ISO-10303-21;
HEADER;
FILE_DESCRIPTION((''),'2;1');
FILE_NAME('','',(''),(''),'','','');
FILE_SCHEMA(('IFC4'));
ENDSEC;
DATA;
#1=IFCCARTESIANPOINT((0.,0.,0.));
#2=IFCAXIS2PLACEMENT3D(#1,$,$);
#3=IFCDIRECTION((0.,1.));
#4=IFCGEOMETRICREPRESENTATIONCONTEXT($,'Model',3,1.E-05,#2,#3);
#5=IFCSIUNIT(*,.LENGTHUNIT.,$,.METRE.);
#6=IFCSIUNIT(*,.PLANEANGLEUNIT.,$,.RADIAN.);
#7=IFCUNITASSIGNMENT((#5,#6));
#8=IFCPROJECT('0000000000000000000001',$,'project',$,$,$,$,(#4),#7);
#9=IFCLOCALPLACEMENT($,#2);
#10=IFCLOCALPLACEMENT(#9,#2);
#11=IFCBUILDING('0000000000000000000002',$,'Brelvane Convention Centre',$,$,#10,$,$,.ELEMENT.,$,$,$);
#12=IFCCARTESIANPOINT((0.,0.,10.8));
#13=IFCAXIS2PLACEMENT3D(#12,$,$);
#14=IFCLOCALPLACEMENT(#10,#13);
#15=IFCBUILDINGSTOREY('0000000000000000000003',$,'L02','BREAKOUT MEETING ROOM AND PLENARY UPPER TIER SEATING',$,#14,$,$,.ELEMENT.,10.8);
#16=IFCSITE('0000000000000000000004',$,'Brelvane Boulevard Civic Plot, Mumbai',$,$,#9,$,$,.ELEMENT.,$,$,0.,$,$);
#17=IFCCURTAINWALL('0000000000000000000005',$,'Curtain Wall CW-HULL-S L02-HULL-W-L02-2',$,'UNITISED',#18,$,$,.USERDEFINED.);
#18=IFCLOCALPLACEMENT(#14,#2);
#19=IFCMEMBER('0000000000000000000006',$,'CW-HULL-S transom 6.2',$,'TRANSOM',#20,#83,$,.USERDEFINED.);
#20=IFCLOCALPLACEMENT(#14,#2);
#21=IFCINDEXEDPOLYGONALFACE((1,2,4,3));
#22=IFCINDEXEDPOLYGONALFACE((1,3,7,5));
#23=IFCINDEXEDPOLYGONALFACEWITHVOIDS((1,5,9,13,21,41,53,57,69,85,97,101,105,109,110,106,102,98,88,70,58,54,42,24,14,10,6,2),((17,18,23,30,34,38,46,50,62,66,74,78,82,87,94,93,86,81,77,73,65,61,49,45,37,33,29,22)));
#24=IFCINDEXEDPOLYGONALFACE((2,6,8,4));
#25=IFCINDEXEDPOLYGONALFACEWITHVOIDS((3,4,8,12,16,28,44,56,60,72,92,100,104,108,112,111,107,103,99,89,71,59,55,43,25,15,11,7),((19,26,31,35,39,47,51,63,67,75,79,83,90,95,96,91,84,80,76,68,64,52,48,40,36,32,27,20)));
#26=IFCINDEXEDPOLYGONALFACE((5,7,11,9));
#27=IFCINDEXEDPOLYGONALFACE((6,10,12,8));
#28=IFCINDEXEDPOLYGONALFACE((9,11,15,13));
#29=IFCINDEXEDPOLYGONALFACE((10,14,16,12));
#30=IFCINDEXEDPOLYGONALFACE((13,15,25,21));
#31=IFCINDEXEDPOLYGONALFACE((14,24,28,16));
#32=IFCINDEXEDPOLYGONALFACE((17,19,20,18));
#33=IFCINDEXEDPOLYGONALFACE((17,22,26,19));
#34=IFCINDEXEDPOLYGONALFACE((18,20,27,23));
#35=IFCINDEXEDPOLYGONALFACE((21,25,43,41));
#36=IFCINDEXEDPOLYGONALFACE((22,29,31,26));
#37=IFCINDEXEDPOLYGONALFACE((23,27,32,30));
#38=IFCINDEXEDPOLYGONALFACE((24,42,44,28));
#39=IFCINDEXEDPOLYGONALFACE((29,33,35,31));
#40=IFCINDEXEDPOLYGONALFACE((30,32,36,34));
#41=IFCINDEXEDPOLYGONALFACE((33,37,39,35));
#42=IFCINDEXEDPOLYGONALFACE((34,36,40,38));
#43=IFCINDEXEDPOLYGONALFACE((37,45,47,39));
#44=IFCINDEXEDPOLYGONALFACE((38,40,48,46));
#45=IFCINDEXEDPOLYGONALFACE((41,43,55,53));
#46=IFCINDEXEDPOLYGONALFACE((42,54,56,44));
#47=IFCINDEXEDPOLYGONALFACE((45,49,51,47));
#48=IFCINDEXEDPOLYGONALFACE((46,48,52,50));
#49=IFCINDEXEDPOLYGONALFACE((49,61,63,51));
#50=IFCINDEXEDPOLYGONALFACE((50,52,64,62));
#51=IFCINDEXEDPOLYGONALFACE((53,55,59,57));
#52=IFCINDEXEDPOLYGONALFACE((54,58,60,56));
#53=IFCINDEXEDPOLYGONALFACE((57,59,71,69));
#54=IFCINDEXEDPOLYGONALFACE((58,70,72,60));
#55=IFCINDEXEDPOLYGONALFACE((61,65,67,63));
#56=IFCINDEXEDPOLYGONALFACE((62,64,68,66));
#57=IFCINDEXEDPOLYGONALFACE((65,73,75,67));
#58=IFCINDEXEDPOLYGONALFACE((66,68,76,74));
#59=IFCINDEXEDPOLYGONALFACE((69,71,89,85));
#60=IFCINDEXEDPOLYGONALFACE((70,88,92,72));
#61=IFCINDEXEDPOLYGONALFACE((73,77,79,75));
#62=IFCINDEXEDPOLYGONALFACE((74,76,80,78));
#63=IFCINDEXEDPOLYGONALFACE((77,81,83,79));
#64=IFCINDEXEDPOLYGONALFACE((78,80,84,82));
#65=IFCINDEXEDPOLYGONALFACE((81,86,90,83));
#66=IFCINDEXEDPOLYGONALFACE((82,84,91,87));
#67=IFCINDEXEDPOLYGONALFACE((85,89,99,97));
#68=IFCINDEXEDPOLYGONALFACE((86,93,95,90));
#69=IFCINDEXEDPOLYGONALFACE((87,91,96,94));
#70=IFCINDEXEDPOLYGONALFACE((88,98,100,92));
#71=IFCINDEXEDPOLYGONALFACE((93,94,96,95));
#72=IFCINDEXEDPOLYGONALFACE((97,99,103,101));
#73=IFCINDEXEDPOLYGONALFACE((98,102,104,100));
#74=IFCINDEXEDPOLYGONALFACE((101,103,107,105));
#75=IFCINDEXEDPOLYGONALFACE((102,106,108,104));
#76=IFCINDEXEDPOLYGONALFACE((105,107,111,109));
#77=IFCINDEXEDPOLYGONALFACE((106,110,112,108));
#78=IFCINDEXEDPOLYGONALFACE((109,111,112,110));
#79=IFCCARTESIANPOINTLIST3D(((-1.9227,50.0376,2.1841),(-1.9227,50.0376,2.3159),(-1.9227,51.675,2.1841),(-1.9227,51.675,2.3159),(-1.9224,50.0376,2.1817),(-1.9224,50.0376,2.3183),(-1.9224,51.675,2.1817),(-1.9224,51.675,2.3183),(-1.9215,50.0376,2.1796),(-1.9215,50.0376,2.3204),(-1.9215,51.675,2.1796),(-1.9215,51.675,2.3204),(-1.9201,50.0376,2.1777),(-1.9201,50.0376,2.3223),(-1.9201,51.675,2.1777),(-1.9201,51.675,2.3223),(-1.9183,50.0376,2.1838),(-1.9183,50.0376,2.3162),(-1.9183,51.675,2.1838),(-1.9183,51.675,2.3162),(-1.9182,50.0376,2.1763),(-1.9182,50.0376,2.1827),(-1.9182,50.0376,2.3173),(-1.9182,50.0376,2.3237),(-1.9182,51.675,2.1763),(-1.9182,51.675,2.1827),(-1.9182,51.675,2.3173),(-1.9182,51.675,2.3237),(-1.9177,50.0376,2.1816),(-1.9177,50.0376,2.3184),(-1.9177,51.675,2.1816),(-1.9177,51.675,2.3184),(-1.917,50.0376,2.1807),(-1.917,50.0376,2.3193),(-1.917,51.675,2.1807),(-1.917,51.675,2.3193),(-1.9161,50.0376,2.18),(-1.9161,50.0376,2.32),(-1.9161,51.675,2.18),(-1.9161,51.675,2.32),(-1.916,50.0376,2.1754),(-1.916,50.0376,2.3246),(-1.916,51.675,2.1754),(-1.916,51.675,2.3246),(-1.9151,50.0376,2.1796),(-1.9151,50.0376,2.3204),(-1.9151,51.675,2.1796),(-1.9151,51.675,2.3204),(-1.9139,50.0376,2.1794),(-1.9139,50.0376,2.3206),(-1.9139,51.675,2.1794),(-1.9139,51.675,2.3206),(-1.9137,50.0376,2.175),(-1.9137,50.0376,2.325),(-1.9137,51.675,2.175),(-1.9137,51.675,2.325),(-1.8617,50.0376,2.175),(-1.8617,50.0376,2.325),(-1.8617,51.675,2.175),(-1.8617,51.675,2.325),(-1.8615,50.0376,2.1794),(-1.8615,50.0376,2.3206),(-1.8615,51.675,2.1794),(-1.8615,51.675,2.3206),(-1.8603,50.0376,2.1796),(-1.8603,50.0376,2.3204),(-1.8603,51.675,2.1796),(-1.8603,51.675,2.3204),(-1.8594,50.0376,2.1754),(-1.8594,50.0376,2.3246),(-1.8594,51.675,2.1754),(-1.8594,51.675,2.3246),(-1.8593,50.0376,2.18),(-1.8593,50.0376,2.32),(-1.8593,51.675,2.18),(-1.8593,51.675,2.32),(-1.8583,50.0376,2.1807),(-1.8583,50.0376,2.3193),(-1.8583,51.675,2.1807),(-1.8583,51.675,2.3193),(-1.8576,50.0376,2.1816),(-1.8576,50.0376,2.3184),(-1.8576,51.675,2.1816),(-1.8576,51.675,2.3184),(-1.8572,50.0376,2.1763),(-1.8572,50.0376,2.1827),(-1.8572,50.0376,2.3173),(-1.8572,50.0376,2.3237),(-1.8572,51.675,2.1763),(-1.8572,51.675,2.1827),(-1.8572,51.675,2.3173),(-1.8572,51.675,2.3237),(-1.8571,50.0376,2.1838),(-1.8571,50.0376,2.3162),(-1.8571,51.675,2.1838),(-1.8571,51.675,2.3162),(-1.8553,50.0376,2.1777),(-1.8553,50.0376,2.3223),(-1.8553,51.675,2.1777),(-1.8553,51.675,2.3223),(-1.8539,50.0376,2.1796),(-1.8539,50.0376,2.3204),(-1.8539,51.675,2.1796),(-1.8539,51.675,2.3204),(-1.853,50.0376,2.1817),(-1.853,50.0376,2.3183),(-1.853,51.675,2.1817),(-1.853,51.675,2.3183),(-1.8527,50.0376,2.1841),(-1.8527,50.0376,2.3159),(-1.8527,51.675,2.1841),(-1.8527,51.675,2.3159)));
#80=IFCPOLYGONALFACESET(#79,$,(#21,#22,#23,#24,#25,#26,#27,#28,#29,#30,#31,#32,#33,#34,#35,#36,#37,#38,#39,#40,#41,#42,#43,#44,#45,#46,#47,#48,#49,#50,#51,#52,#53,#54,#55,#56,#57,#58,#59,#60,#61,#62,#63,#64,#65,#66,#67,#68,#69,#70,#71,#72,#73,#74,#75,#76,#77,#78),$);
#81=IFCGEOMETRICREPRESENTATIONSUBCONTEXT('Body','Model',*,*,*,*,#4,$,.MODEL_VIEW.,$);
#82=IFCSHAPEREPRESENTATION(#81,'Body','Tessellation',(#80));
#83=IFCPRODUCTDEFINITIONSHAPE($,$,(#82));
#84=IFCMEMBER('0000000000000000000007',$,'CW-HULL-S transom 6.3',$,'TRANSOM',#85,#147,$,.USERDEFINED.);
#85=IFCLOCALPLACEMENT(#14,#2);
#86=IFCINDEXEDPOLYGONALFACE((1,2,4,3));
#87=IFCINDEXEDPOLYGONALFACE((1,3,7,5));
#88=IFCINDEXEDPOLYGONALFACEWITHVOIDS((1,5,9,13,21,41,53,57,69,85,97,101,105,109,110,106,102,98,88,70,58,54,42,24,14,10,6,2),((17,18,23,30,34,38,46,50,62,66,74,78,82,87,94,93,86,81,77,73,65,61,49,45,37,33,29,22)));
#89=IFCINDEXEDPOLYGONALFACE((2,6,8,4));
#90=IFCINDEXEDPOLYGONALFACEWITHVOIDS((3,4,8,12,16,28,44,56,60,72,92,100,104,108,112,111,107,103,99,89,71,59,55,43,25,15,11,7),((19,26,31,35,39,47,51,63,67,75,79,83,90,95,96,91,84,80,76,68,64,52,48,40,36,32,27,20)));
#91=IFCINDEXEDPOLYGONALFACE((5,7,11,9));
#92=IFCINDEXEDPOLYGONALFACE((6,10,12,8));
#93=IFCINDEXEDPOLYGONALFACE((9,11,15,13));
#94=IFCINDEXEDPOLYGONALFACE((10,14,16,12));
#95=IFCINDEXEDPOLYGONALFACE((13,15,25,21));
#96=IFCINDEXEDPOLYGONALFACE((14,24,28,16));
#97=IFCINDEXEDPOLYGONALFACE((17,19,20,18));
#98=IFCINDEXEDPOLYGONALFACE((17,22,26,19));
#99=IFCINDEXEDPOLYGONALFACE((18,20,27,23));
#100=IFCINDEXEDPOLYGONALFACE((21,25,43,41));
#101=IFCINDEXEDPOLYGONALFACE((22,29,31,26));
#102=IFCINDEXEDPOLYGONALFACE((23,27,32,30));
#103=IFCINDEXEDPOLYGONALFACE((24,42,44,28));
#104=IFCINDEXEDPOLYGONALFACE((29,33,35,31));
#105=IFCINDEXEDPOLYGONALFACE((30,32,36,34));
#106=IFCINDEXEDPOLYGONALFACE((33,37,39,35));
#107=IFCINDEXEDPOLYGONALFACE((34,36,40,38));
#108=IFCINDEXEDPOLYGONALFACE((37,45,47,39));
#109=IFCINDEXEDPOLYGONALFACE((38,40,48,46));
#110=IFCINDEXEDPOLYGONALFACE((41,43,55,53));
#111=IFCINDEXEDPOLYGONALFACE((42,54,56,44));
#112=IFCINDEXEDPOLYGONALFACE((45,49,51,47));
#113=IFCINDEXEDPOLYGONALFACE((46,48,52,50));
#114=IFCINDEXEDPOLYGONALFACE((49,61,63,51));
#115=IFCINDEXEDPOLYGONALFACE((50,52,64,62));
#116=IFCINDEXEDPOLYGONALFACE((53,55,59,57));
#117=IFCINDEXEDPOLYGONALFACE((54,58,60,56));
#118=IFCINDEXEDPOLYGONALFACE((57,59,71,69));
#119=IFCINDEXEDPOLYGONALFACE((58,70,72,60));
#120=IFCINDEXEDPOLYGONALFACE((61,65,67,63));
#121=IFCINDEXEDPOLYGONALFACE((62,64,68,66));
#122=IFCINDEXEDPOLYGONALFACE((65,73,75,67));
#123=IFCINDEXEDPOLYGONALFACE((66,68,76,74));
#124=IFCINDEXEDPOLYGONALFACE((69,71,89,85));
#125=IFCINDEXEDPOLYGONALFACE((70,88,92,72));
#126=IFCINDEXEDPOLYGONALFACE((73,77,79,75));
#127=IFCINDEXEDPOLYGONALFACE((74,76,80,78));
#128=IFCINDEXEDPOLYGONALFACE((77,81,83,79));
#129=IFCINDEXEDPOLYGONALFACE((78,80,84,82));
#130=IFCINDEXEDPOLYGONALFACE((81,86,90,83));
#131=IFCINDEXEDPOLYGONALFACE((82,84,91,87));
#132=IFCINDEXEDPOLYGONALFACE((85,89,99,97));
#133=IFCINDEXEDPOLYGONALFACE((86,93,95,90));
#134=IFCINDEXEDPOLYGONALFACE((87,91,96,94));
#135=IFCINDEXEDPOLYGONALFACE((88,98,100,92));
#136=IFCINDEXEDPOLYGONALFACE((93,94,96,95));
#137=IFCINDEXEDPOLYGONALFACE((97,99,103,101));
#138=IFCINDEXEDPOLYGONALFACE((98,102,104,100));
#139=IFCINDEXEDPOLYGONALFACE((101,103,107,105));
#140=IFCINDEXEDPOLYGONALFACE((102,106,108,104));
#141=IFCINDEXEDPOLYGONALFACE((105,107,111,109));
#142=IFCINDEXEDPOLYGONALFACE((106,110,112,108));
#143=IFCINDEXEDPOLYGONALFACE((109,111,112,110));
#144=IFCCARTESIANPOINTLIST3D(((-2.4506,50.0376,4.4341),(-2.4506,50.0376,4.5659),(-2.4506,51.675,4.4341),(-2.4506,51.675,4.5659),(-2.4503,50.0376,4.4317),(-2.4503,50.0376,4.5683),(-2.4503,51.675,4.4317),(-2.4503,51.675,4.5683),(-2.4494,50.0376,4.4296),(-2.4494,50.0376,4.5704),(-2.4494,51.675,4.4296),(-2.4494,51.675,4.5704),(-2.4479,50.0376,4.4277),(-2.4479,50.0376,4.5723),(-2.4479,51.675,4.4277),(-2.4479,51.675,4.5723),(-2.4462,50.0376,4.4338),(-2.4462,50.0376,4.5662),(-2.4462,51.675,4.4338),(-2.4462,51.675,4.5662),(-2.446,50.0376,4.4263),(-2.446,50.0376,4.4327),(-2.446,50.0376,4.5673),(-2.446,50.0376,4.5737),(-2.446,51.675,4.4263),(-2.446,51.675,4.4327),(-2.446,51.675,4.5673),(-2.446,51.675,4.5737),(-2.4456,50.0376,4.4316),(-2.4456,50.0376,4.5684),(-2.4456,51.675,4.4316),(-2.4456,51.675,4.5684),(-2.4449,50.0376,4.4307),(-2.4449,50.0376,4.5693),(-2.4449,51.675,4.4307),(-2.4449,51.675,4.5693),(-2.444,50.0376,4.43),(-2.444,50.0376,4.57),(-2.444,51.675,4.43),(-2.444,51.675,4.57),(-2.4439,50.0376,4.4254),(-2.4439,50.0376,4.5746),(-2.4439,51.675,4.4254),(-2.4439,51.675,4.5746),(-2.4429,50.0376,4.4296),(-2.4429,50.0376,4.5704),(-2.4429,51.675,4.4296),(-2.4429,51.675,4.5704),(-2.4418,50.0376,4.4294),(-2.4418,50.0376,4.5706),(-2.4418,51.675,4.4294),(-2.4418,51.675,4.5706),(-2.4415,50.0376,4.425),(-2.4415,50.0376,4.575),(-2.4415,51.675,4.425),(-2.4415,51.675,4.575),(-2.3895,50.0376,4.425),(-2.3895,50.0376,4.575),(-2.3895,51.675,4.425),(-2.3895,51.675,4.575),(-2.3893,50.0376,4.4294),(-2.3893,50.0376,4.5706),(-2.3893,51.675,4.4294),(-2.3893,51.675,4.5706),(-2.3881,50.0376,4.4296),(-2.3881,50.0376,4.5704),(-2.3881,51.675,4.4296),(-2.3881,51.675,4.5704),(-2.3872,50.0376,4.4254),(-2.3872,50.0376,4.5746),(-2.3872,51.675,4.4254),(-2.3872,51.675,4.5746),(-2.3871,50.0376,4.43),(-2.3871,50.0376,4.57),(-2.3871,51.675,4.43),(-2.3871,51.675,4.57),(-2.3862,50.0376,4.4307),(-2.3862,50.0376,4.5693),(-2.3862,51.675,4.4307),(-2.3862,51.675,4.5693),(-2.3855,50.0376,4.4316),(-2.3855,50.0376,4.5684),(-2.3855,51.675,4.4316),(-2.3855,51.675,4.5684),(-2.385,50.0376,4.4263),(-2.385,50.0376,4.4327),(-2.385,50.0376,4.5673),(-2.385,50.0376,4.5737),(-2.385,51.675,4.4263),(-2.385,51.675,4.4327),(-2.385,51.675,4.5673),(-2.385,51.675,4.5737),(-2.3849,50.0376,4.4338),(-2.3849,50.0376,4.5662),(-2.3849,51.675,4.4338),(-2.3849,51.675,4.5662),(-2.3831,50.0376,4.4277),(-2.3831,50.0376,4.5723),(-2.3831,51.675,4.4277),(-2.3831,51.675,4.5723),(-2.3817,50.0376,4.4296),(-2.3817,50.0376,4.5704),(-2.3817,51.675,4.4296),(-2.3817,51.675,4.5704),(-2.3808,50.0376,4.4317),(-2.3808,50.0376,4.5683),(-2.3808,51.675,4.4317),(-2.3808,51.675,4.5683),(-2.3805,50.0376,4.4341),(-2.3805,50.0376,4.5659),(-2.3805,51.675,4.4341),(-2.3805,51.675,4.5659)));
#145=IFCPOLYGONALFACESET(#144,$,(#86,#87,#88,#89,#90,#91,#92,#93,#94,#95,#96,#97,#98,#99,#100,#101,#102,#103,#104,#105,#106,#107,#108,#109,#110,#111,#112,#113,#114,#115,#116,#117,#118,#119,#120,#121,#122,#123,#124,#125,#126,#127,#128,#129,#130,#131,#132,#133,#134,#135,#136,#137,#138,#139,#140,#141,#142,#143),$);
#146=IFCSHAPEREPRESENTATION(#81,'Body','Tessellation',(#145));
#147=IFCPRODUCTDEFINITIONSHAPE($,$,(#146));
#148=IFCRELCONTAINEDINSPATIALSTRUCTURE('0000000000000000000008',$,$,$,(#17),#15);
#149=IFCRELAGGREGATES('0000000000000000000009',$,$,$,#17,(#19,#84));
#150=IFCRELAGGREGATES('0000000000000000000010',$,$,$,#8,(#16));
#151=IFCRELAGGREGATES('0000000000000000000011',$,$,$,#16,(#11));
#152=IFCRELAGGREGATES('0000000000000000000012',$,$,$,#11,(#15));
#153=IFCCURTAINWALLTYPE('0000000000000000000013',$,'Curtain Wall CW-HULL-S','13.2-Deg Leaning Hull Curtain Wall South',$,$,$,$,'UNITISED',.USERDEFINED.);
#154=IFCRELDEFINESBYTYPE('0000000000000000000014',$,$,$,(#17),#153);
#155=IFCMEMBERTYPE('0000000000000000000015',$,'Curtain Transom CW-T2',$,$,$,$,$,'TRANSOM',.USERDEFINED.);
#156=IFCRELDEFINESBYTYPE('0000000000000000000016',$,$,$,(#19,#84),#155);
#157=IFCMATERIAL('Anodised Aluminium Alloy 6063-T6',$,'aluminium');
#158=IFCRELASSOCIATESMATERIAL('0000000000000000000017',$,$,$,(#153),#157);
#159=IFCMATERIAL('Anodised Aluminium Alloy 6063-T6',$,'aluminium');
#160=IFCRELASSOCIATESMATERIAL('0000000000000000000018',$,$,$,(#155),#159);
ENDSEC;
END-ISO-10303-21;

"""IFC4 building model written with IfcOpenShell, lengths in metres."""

from ifc_helpers import new_model, si_unit, direction, frame, origin, origin_2d, place, context, subcontext, project, spatial, hollow_rectangle, extrude, material, material_profile, profile_set, type_object, element, aggregate, save


model = new_model("IFC4")

# Units and contexts
model_context = context("Model", 3, precision=1e-05, world=origin(), true_north=direction((0.0, 1.0)))
body_context = subcontext(model_context, "Body", "Model", "MODEL_VIEW")
ifc_project = project(units=[si_unit("LENGTHUNIT", "METRE"), si_unit("PLANEANGLEUNIT", "RADIAN")], contexts=[model_context])

# Site, building, storey
site_placement = place(None, origin())
site = spatial("IfcSite", under=ifc_project, at=site_placement, Name="Brelvane Boulevard Civic Plot, Mumbai", CompositionType="ELEMENT", RefElevation=0.0)
building_placement = place(site_placement, origin())
building = spatial("IfcBuilding", under=site, at=building_placement, Name="Brelvane Convention Centre", CompositionType="ELEMENT")
storey_placement = place(building_placement, frame((0.0, 0.0, 10.8)))
storey = spatial("IfcBuildingStorey", under=building, at=storey_placement, Name="L02", Description="BREAKOUT MEETING ROOM AND PLENARY UPPER TIER SEATING", CompositionType="ELEMENT", Elevation=10.8)

# Curtain wall
ifc_material_1 = material(Name="Anodised Aluminium Alloy 6063-T6", Category="aluminium")
curtain_wall_type = type_object("IfcCurtainWallType", Name="Curtain Wall CW-HULL-S", Description="13.2-Deg Leaning Hull Curtain Wall South", ElementType="UNITISED", PredefinedType="USERDEFINED", material=ifc_material_1)
curtain_wall_1_placement = place(storey_placement, origin())
curtain_wall_1 = element("IfcCurtainWall", 1, at=curtain_wall_1_placement, inside=storey, type_object=curtain_wall_type, Name="Curtain Wall CW-HULL-S L02-HULL-W-L02-2", ObjectType="UNITISED", PredefinedType="USERDEFINED")

# Members
ifc_material_2 = material(Name="Anodised Aluminium Alloy 6063-T6", Category="aluminium")
ifc_material_profile_1 = material_profile(ifc_material_2, hollow_rectangle(XDim=0.0701, YDim=0.1499, WallThickness=0.0044, InnerFilletRadius=0.0044, OuterFilletRadius=0.009, at=origin_2d()), Name="ALU-T 150x70x4.5")
ifc_profile_set_1 = profile_set([ifc_material_profile_1], Name="Anodised Aluminium Alloy 6063-T6")
member_type_1 = type_object("IfcMemberType", Name="Curtain Transom CW-T2", ElementType="TRANSOM", PredefinedType="USERDEFINED", material=ifc_profile_set_1)
member_1_placement = place(storey_placement, frame((-1.8877, 50.0376, 2.25), z_axis=(0.0, 1.0, 0.0), x_axis=(-1.0, 0.0, 0.0)))
member_1 = element("IfcMember", 2, at=member_1_placement, type_object=member_type_1, Name="CW-HULL-S transom 6.2", ObjectType="TRANSOM", PredefinedType="USERDEFINED", context=body_context, shape_type="SweptSolid", body=[
    extrude(hollow_rectangle(XDim=0.0701, YDim=0.1499, WallThickness=0.0044, InnerFilletRadius=0.0044, OuterFilletRadius=0.009, at=origin_2d()), origin(), (0.0, 0.0, 1.0), 1.6375),
])
member_2_placement = place(storey_placement, frame((-2.4155, 50.0376, 4.5), z_axis=(0.0, 1.0, 0.0), x_axis=(-1.0, 0.0, 0.0)))
member_2 = element("IfcMember", 3, at=member_2_placement, type_object=member_type_1, Name="CW-HULL-S transom 6.3", ObjectType="TRANSOM", PredefinedType="USERDEFINED", context=body_context, shape_type="SweptSolid", body=[
    extrude(hollow_rectangle(XDim=0.0701, YDim=0.1499, WallThickness=0.0044, InnerFilletRadius=0.0044, OuterFilletRadius=0.009, at=origin_2d()), origin(), (0.0, 0.0, 1.0), 1.6375),
])

aggregate(curtain_wall_1, [member_1, member_2])

save(model, "model.ifc")
